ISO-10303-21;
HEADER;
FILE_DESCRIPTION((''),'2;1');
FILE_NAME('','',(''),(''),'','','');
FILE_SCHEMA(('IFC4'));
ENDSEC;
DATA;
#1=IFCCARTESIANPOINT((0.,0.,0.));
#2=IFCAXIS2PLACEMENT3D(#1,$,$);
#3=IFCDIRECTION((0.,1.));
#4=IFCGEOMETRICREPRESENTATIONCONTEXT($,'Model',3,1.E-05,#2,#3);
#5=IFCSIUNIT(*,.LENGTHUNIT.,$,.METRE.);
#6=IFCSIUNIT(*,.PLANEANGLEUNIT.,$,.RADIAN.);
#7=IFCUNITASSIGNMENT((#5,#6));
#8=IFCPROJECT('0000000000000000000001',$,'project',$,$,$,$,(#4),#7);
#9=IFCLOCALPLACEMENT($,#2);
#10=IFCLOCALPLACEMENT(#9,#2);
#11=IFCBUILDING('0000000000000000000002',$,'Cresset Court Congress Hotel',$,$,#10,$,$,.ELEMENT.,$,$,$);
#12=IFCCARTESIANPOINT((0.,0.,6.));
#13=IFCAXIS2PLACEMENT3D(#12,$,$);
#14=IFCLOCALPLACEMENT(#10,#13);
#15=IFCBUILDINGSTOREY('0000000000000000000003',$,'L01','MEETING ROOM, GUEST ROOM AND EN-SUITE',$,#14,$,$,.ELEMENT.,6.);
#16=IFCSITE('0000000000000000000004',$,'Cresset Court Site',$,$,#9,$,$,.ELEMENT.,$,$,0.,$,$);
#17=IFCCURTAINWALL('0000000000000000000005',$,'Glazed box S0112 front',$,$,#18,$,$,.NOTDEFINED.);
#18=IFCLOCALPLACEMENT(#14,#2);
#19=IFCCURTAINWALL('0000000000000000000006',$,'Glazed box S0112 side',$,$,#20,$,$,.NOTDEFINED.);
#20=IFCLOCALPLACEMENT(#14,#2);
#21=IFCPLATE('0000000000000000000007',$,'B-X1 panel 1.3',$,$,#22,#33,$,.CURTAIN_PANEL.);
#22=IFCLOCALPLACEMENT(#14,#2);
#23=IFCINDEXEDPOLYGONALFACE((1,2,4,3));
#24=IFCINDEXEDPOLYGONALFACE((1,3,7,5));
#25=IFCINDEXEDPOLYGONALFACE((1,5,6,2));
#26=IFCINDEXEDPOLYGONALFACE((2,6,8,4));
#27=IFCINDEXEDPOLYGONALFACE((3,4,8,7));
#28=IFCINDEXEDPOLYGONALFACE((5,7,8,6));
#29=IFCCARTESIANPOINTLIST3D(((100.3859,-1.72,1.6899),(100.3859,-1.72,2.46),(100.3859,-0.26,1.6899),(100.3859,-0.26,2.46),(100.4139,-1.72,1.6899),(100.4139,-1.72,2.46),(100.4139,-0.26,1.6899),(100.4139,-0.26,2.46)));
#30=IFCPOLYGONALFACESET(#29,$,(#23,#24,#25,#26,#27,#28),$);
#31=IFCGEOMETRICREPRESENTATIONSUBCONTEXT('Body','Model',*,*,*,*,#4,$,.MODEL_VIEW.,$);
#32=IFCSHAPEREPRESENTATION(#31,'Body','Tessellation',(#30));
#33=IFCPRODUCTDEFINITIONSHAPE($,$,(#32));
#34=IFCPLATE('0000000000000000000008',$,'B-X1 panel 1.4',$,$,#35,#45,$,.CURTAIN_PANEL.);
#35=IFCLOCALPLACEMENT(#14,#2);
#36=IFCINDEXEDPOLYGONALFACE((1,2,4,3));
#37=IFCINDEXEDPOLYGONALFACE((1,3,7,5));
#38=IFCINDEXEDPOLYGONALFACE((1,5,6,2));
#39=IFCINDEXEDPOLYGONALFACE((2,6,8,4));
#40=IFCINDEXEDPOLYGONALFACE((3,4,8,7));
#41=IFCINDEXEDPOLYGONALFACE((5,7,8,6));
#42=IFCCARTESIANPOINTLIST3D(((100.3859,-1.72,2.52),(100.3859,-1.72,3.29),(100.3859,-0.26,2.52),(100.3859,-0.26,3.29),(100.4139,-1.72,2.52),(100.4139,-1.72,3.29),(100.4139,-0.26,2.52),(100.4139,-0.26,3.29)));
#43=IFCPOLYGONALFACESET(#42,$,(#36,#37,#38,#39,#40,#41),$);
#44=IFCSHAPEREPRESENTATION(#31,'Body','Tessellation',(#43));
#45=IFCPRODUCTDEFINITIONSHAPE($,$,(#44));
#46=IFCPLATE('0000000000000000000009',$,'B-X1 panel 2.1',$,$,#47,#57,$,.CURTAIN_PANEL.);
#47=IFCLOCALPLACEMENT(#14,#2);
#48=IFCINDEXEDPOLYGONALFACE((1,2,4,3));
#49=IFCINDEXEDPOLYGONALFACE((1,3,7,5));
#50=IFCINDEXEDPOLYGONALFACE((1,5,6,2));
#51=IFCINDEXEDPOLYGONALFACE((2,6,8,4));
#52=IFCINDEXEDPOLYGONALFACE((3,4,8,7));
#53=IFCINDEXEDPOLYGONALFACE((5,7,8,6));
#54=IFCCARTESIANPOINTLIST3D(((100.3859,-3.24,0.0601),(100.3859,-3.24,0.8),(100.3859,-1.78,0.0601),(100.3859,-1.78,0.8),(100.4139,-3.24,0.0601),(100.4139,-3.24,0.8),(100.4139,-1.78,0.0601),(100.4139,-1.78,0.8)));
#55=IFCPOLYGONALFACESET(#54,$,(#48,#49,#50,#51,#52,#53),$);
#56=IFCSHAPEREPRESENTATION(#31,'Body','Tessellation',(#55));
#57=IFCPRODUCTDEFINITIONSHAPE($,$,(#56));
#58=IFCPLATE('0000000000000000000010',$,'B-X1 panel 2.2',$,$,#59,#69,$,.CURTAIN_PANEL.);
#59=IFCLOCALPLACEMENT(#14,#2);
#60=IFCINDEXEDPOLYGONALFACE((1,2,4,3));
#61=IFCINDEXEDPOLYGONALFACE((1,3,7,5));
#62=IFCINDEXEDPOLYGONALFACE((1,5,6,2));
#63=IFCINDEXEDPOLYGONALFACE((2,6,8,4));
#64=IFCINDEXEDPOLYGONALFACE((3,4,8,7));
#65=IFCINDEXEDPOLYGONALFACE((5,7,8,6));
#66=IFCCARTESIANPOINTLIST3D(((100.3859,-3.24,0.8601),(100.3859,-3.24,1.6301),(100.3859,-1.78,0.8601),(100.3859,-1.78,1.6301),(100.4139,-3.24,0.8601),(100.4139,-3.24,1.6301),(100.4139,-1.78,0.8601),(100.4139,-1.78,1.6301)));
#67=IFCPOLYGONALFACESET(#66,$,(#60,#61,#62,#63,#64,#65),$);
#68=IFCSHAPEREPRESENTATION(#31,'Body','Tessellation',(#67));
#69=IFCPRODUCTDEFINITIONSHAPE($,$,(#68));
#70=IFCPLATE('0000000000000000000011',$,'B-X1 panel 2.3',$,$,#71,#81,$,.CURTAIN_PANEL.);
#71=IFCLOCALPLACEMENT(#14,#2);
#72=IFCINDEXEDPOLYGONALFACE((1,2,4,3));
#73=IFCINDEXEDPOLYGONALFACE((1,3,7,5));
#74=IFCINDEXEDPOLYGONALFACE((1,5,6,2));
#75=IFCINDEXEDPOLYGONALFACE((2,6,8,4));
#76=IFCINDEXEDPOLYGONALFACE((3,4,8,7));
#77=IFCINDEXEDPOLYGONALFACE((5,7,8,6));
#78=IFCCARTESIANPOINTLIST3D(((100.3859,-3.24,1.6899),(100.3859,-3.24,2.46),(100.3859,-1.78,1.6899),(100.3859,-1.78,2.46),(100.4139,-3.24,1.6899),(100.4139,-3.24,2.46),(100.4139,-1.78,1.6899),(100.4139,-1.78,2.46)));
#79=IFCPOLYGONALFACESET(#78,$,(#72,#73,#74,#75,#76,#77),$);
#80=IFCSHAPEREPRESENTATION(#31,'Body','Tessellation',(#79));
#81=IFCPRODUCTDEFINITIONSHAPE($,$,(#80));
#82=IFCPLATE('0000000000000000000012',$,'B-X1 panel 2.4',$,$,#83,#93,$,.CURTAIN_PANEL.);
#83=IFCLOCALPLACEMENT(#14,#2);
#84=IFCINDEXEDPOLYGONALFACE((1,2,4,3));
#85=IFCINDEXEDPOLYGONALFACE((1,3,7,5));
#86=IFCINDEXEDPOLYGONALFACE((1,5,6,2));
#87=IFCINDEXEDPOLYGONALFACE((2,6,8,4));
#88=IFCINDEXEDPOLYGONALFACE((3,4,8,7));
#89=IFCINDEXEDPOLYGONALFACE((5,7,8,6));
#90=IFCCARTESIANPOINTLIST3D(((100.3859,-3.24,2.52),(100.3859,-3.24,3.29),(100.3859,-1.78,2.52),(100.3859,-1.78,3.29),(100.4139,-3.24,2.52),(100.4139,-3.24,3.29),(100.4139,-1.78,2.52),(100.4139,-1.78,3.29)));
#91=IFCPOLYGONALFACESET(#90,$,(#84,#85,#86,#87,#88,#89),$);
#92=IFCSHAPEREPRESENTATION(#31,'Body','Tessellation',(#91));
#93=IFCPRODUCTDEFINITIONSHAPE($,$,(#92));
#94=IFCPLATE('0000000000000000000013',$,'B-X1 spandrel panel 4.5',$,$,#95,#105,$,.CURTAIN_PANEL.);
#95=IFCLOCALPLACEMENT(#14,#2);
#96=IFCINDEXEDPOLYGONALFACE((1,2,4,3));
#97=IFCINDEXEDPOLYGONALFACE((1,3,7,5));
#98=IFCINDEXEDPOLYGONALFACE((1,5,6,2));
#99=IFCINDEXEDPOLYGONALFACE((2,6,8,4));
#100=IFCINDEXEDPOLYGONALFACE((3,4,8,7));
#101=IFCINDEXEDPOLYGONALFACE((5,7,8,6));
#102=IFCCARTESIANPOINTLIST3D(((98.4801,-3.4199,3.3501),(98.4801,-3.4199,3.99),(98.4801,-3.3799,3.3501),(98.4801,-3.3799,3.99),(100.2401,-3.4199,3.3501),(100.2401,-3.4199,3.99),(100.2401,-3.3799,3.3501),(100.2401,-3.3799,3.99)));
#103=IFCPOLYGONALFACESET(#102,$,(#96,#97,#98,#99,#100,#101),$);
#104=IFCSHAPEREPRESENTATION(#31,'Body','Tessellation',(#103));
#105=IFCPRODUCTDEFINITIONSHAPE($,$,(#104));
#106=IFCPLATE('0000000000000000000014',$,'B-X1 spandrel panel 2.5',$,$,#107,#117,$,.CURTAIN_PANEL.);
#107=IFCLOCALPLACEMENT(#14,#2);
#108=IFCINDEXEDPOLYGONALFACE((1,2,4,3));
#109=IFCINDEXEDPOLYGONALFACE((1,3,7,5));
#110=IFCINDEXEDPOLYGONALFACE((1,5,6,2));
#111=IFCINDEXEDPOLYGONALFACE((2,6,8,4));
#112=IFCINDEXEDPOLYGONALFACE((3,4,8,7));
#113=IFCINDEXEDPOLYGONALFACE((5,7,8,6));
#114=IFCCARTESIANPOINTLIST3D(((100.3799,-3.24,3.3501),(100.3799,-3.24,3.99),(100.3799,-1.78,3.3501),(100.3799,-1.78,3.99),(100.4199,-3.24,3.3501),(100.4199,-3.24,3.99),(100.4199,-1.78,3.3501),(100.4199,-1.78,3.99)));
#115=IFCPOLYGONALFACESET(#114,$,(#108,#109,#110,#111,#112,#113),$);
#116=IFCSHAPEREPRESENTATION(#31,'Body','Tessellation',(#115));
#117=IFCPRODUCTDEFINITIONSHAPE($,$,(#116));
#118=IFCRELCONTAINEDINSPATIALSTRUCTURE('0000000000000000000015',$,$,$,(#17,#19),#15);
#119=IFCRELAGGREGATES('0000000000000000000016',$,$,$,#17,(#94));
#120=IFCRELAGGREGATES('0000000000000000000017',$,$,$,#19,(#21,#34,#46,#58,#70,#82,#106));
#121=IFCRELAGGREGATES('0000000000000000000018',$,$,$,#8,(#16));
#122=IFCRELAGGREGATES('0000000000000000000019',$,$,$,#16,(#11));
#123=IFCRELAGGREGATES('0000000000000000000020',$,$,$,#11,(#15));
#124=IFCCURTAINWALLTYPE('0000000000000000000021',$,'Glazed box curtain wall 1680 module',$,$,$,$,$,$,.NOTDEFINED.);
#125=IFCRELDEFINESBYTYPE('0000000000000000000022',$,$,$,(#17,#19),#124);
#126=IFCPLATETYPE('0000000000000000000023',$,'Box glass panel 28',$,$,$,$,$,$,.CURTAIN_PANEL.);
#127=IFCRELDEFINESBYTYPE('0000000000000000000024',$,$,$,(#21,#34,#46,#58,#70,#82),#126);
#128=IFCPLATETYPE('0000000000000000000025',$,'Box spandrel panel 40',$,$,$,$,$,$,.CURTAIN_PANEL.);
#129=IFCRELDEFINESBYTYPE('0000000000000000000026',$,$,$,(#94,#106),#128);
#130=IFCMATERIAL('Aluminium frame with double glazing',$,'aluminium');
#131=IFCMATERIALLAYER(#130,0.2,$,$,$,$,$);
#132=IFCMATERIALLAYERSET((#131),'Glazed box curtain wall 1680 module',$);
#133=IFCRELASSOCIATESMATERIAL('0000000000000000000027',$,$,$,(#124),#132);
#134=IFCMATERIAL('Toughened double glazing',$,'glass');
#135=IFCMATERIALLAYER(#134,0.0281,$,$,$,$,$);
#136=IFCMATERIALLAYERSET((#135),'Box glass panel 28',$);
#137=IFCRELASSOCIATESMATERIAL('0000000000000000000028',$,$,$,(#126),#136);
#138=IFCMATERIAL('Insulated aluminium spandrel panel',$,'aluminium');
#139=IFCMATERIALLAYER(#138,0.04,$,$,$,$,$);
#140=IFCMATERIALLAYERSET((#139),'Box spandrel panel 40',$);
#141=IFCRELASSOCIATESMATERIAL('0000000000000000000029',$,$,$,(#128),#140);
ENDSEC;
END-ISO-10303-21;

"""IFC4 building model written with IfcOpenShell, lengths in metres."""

from ifc_helpers import new_model, si_unit, direction, frame, origin, origin_2d, place, context, subcontext, project, spatial, rectangle, extrude, material, layer, layer_set, type_object, element, aggregate, save


model = new_model("IFC4")

# Units and contexts
model_context = context("Model", 3, precision=1e-05, world=origin(), true_north=direction((0.0, 1.0)))
body_context = subcontext(model_context, "Body", "Model", "MODEL_VIEW")
ifc_project = project(units=[si_unit("LENGTHUNIT", "METRE"), si_unit("PLANEANGLEUNIT", "RADIAN")], contexts=[model_context])

# Site, building, storey
site_placement = place(None, origin())
site = spatial("IfcSite", under=ifc_project, at=site_placement, Name="Cresset Court Site", CompositionType="ELEMENT", RefElevation=0.0)
building_placement = place(site_placement, origin())
building = spatial("IfcBuilding", under=site, at=building_placement, Name="Cresset Court Congress Hotel", CompositionType="ELEMENT")
storey_placement = place(building_placement, frame((0.0, 0.0, 6.0)))
storey = spatial("IfcBuildingStorey", under=building, at=storey_placement, Name="L01", Description="MEETING ROOM, GUEST ROOM AND EN-SUITE", CompositionType="ELEMENT", Elevation=6.0)

# Curtain wall
ifc_material_1 = material(Name="Aluminium frame with double glazing", Category="aluminium")
ifc_layer_1 = layer(ifc_material_1, 0.2)
ifc_layer_set_1 = layer_set([ifc_layer_1], Name="Glazed box curtain wall 1680 module")
curtain_wall_type = type_object("IfcCurtainWallType", Name="Glazed box curtain wall 1680 module", PredefinedType="NOTDEFINED", material=ifc_layer_set_1)
curtain_wall_1_placement = place(storey_placement, origin())
curtain_wall_1 = element("IfcCurtainWall", 1, at=curtain_wall_1_placement, inside=storey, type_object=curtain_wall_type, Name="Glazed box S0112 front", PredefinedType="NOTDEFINED")

# Curtain wall
curtain_wall_2_placement = place(storey_placement, origin())
curtain_wall_2 = element("IfcCurtainWall", 2, at=curtain_wall_2_placement, inside=storey, type_object=curtain_wall_type, Name="Glazed box S0112 side", PredefinedType="NOTDEFINED")

# Plates
ifc_material_2 = material(Name="Toughened double glazing", Category="glass")
ifc_layer_2 = layer(ifc_material_2, 0.0281)
ifc_layer_set_2 = layer_set([ifc_layer_2], Name="Box glass panel 28")
plate_type_1 = type_object("IfcPlateType", Name="Box glass panel 28", PredefinedType="CURTAIN_PANEL", material=ifc_layer_set_2)
plate_1_placement = place(storey_placement, frame((100.3999, -0.99, 1.6899), z_axis=(0.0, 0.0, 1.0), x_axis=(0.0, -1.0, 0.0)))
plate_1 = element("IfcPlate", 3, at=plate_1_placement, type_object=plate_type_1, Name="B-X1 panel 1.3", PredefinedType="CURTAIN_PANEL", context=body_context, shape_type="SweptSolid", body=[
    extrude(rectangle(XDim=1.46, YDim=0.0281, at=origin_2d()), origin(), (0.0, 0.0, 1.0), 0.77),
])
plate_2_placement = place(storey_placement, frame((100.3999, -0.99, 2.52), z_axis=(0.0, 0.0, 1.0), x_axis=(0.0, -1.0, 0.0)))
plate_2 = element("IfcPlate", 4, at=plate_2_placement, type_object=plate_type_1, Name="B-X1 panel 1.4", PredefinedType="CURTAIN_PANEL", context=body_context, shape_type="SweptSolid", body=[
    extrude(rectangle(XDim=1.46, YDim=0.0281, at=origin_2d()), origin(), (0.0, 0.0, 1.0), 0.77),
])
plate_3_placement = place(storey_placement, frame((100.3999, -2.51, 0.0601), z_axis=(0.0, 0.0, 1.0), x_axis=(0.0, -1.0, 0.0)))
plate_3 = element("IfcPlate", 5, at=plate_3_placement, type_object=plate_type_1, Name="B-X1 panel 2.1", PredefinedType="CURTAIN_PANEL", context=body_context, shape_type="SweptSolid", body=[
    extrude(rectangle(XDim=1.46, YDim=0.0281, at=origin_2d()), origin(), (0.0, 0.0, 1.0), 0.74),
])
plate_4_placement = place(storey_placement, frame((100.3999, -2.51, 0.8601), z_axis=(0.0, 0.0, 1.0), x_axis=(0.0, -1.0, 0.0)))
plate_4 = element("IfcPlate", 6, at=plate_4_placement, type_object=plate_type_1, Name="B-X1 panel 2.2", PredefinedType="CURTAIN_PANEL", context=body_context, shape_type="SweptSolid", body=[
    extrude(rectangle(XDim=1.46, YDim=0.0281, at=origin_2d()), origin(), (0.0, 0.0, 1.0), 0.77),
])
plate_5_placement = place(storey_placement, frame((100.3999, -2.51, 1.6899), z_axis=(0.0, 0.0, 1.0), x_axis=(0.0, -1.0, 0.0)))
plate_5 = element("IfcPlate", 7, at=plate_5_placement, type_object=plate_type_1, Name="B-X1 panel 2.3", PredefinedType="CURTAIN_PANEL", context=body_context, shape_type="SweptSolid", body=[
    extrude(rectangle(XDim=1.46, YDim=0.0281, at=origin_2d()), origin(), (0.0, 0.0, 1.0), 0.77),
])
plate_6_placement = place(storey_placement, frame((100.3999, -2.51, 2.52), z_axis=(0.0, 0.0, 1.0), x_axis=(0.0, -1.0, 0.0)))
plate_6 = element("IfcPlate", 8, at=plate_6_placement, type_object=plate_type_1, Name="B-X1 panel 2.4", PredefinedType="CURTAIN_PANEL", context=body_context, shape_type="SweptSolid", body=[
    extrude(rectangle(XDim=1.46, YDim=0.0281, at=origin_2d()), origin(), (0.0, 0.0, 1.0), 0.77),
])
ifc_material_3 = material(Name="Insulated aluminium spandrel panel", Category="aluminium")
ifc_layer_3 = layer(ifc_material_3, 0.04)
ifc_layer_set_3 = layer_set([ifc_layer_3], Name="Box spandrel panel 40")
plate_type_2 = type_object("IfcPlateType", Name="Box spandrel panel 40", PredefinedType="CURTAIN_PANEL", material=ifc_layer_set_3)
plate_7_placement = place(storey_placement, frame((99.3601, -3.3999, 3.3501), z_axis=(0.0, 0.0, 1.0), x_axis=(1.0, 0.0, 0.0)))
plate_7 = element("IfcPlate", 9, at=plate_7_placement, type_object=plate_type_2, Name="B-X1 spandrel panel 4.5", PredefinedType="CURTAIN_PANEL", context=body_context, shape_type="SweptSolid", body=[
    extrude(rectangle(XDim=1.76, YDim=0.04, at=origin_2d()), origin(), (0.0, 0.0, 1.0), 0.6399),
])
aggregate(curtain_wall_1, [plate_7])
plate_8_placement = place(storey_placement, frame((100.3999, -2.51, 3.3501), z_axis=(0.0, 0.0, 1.0), x_axis=(0.0, -1.0, 0.0)))
plate_8 = element("IfcPlate", 10, at=plate_8_placement, type_object=plate_type_2, Name="B-X1 spandrel panel 2.5", PredefinedType="CURTAIN_PANEL", context=body_context, shape_type="SweptSolid", body=[
    extrude(rectangle(XDim=1.46, YDim=0.04, at=origin_2d()), origin(), (0.0, 0.0, 1.0), 0.6399),
])
aggregate(curtain_wall_2, [plate_1, plate_2, plate_3, plate_4, plate_5, plate_6, plate_8])

save(model, "model.ifc")
